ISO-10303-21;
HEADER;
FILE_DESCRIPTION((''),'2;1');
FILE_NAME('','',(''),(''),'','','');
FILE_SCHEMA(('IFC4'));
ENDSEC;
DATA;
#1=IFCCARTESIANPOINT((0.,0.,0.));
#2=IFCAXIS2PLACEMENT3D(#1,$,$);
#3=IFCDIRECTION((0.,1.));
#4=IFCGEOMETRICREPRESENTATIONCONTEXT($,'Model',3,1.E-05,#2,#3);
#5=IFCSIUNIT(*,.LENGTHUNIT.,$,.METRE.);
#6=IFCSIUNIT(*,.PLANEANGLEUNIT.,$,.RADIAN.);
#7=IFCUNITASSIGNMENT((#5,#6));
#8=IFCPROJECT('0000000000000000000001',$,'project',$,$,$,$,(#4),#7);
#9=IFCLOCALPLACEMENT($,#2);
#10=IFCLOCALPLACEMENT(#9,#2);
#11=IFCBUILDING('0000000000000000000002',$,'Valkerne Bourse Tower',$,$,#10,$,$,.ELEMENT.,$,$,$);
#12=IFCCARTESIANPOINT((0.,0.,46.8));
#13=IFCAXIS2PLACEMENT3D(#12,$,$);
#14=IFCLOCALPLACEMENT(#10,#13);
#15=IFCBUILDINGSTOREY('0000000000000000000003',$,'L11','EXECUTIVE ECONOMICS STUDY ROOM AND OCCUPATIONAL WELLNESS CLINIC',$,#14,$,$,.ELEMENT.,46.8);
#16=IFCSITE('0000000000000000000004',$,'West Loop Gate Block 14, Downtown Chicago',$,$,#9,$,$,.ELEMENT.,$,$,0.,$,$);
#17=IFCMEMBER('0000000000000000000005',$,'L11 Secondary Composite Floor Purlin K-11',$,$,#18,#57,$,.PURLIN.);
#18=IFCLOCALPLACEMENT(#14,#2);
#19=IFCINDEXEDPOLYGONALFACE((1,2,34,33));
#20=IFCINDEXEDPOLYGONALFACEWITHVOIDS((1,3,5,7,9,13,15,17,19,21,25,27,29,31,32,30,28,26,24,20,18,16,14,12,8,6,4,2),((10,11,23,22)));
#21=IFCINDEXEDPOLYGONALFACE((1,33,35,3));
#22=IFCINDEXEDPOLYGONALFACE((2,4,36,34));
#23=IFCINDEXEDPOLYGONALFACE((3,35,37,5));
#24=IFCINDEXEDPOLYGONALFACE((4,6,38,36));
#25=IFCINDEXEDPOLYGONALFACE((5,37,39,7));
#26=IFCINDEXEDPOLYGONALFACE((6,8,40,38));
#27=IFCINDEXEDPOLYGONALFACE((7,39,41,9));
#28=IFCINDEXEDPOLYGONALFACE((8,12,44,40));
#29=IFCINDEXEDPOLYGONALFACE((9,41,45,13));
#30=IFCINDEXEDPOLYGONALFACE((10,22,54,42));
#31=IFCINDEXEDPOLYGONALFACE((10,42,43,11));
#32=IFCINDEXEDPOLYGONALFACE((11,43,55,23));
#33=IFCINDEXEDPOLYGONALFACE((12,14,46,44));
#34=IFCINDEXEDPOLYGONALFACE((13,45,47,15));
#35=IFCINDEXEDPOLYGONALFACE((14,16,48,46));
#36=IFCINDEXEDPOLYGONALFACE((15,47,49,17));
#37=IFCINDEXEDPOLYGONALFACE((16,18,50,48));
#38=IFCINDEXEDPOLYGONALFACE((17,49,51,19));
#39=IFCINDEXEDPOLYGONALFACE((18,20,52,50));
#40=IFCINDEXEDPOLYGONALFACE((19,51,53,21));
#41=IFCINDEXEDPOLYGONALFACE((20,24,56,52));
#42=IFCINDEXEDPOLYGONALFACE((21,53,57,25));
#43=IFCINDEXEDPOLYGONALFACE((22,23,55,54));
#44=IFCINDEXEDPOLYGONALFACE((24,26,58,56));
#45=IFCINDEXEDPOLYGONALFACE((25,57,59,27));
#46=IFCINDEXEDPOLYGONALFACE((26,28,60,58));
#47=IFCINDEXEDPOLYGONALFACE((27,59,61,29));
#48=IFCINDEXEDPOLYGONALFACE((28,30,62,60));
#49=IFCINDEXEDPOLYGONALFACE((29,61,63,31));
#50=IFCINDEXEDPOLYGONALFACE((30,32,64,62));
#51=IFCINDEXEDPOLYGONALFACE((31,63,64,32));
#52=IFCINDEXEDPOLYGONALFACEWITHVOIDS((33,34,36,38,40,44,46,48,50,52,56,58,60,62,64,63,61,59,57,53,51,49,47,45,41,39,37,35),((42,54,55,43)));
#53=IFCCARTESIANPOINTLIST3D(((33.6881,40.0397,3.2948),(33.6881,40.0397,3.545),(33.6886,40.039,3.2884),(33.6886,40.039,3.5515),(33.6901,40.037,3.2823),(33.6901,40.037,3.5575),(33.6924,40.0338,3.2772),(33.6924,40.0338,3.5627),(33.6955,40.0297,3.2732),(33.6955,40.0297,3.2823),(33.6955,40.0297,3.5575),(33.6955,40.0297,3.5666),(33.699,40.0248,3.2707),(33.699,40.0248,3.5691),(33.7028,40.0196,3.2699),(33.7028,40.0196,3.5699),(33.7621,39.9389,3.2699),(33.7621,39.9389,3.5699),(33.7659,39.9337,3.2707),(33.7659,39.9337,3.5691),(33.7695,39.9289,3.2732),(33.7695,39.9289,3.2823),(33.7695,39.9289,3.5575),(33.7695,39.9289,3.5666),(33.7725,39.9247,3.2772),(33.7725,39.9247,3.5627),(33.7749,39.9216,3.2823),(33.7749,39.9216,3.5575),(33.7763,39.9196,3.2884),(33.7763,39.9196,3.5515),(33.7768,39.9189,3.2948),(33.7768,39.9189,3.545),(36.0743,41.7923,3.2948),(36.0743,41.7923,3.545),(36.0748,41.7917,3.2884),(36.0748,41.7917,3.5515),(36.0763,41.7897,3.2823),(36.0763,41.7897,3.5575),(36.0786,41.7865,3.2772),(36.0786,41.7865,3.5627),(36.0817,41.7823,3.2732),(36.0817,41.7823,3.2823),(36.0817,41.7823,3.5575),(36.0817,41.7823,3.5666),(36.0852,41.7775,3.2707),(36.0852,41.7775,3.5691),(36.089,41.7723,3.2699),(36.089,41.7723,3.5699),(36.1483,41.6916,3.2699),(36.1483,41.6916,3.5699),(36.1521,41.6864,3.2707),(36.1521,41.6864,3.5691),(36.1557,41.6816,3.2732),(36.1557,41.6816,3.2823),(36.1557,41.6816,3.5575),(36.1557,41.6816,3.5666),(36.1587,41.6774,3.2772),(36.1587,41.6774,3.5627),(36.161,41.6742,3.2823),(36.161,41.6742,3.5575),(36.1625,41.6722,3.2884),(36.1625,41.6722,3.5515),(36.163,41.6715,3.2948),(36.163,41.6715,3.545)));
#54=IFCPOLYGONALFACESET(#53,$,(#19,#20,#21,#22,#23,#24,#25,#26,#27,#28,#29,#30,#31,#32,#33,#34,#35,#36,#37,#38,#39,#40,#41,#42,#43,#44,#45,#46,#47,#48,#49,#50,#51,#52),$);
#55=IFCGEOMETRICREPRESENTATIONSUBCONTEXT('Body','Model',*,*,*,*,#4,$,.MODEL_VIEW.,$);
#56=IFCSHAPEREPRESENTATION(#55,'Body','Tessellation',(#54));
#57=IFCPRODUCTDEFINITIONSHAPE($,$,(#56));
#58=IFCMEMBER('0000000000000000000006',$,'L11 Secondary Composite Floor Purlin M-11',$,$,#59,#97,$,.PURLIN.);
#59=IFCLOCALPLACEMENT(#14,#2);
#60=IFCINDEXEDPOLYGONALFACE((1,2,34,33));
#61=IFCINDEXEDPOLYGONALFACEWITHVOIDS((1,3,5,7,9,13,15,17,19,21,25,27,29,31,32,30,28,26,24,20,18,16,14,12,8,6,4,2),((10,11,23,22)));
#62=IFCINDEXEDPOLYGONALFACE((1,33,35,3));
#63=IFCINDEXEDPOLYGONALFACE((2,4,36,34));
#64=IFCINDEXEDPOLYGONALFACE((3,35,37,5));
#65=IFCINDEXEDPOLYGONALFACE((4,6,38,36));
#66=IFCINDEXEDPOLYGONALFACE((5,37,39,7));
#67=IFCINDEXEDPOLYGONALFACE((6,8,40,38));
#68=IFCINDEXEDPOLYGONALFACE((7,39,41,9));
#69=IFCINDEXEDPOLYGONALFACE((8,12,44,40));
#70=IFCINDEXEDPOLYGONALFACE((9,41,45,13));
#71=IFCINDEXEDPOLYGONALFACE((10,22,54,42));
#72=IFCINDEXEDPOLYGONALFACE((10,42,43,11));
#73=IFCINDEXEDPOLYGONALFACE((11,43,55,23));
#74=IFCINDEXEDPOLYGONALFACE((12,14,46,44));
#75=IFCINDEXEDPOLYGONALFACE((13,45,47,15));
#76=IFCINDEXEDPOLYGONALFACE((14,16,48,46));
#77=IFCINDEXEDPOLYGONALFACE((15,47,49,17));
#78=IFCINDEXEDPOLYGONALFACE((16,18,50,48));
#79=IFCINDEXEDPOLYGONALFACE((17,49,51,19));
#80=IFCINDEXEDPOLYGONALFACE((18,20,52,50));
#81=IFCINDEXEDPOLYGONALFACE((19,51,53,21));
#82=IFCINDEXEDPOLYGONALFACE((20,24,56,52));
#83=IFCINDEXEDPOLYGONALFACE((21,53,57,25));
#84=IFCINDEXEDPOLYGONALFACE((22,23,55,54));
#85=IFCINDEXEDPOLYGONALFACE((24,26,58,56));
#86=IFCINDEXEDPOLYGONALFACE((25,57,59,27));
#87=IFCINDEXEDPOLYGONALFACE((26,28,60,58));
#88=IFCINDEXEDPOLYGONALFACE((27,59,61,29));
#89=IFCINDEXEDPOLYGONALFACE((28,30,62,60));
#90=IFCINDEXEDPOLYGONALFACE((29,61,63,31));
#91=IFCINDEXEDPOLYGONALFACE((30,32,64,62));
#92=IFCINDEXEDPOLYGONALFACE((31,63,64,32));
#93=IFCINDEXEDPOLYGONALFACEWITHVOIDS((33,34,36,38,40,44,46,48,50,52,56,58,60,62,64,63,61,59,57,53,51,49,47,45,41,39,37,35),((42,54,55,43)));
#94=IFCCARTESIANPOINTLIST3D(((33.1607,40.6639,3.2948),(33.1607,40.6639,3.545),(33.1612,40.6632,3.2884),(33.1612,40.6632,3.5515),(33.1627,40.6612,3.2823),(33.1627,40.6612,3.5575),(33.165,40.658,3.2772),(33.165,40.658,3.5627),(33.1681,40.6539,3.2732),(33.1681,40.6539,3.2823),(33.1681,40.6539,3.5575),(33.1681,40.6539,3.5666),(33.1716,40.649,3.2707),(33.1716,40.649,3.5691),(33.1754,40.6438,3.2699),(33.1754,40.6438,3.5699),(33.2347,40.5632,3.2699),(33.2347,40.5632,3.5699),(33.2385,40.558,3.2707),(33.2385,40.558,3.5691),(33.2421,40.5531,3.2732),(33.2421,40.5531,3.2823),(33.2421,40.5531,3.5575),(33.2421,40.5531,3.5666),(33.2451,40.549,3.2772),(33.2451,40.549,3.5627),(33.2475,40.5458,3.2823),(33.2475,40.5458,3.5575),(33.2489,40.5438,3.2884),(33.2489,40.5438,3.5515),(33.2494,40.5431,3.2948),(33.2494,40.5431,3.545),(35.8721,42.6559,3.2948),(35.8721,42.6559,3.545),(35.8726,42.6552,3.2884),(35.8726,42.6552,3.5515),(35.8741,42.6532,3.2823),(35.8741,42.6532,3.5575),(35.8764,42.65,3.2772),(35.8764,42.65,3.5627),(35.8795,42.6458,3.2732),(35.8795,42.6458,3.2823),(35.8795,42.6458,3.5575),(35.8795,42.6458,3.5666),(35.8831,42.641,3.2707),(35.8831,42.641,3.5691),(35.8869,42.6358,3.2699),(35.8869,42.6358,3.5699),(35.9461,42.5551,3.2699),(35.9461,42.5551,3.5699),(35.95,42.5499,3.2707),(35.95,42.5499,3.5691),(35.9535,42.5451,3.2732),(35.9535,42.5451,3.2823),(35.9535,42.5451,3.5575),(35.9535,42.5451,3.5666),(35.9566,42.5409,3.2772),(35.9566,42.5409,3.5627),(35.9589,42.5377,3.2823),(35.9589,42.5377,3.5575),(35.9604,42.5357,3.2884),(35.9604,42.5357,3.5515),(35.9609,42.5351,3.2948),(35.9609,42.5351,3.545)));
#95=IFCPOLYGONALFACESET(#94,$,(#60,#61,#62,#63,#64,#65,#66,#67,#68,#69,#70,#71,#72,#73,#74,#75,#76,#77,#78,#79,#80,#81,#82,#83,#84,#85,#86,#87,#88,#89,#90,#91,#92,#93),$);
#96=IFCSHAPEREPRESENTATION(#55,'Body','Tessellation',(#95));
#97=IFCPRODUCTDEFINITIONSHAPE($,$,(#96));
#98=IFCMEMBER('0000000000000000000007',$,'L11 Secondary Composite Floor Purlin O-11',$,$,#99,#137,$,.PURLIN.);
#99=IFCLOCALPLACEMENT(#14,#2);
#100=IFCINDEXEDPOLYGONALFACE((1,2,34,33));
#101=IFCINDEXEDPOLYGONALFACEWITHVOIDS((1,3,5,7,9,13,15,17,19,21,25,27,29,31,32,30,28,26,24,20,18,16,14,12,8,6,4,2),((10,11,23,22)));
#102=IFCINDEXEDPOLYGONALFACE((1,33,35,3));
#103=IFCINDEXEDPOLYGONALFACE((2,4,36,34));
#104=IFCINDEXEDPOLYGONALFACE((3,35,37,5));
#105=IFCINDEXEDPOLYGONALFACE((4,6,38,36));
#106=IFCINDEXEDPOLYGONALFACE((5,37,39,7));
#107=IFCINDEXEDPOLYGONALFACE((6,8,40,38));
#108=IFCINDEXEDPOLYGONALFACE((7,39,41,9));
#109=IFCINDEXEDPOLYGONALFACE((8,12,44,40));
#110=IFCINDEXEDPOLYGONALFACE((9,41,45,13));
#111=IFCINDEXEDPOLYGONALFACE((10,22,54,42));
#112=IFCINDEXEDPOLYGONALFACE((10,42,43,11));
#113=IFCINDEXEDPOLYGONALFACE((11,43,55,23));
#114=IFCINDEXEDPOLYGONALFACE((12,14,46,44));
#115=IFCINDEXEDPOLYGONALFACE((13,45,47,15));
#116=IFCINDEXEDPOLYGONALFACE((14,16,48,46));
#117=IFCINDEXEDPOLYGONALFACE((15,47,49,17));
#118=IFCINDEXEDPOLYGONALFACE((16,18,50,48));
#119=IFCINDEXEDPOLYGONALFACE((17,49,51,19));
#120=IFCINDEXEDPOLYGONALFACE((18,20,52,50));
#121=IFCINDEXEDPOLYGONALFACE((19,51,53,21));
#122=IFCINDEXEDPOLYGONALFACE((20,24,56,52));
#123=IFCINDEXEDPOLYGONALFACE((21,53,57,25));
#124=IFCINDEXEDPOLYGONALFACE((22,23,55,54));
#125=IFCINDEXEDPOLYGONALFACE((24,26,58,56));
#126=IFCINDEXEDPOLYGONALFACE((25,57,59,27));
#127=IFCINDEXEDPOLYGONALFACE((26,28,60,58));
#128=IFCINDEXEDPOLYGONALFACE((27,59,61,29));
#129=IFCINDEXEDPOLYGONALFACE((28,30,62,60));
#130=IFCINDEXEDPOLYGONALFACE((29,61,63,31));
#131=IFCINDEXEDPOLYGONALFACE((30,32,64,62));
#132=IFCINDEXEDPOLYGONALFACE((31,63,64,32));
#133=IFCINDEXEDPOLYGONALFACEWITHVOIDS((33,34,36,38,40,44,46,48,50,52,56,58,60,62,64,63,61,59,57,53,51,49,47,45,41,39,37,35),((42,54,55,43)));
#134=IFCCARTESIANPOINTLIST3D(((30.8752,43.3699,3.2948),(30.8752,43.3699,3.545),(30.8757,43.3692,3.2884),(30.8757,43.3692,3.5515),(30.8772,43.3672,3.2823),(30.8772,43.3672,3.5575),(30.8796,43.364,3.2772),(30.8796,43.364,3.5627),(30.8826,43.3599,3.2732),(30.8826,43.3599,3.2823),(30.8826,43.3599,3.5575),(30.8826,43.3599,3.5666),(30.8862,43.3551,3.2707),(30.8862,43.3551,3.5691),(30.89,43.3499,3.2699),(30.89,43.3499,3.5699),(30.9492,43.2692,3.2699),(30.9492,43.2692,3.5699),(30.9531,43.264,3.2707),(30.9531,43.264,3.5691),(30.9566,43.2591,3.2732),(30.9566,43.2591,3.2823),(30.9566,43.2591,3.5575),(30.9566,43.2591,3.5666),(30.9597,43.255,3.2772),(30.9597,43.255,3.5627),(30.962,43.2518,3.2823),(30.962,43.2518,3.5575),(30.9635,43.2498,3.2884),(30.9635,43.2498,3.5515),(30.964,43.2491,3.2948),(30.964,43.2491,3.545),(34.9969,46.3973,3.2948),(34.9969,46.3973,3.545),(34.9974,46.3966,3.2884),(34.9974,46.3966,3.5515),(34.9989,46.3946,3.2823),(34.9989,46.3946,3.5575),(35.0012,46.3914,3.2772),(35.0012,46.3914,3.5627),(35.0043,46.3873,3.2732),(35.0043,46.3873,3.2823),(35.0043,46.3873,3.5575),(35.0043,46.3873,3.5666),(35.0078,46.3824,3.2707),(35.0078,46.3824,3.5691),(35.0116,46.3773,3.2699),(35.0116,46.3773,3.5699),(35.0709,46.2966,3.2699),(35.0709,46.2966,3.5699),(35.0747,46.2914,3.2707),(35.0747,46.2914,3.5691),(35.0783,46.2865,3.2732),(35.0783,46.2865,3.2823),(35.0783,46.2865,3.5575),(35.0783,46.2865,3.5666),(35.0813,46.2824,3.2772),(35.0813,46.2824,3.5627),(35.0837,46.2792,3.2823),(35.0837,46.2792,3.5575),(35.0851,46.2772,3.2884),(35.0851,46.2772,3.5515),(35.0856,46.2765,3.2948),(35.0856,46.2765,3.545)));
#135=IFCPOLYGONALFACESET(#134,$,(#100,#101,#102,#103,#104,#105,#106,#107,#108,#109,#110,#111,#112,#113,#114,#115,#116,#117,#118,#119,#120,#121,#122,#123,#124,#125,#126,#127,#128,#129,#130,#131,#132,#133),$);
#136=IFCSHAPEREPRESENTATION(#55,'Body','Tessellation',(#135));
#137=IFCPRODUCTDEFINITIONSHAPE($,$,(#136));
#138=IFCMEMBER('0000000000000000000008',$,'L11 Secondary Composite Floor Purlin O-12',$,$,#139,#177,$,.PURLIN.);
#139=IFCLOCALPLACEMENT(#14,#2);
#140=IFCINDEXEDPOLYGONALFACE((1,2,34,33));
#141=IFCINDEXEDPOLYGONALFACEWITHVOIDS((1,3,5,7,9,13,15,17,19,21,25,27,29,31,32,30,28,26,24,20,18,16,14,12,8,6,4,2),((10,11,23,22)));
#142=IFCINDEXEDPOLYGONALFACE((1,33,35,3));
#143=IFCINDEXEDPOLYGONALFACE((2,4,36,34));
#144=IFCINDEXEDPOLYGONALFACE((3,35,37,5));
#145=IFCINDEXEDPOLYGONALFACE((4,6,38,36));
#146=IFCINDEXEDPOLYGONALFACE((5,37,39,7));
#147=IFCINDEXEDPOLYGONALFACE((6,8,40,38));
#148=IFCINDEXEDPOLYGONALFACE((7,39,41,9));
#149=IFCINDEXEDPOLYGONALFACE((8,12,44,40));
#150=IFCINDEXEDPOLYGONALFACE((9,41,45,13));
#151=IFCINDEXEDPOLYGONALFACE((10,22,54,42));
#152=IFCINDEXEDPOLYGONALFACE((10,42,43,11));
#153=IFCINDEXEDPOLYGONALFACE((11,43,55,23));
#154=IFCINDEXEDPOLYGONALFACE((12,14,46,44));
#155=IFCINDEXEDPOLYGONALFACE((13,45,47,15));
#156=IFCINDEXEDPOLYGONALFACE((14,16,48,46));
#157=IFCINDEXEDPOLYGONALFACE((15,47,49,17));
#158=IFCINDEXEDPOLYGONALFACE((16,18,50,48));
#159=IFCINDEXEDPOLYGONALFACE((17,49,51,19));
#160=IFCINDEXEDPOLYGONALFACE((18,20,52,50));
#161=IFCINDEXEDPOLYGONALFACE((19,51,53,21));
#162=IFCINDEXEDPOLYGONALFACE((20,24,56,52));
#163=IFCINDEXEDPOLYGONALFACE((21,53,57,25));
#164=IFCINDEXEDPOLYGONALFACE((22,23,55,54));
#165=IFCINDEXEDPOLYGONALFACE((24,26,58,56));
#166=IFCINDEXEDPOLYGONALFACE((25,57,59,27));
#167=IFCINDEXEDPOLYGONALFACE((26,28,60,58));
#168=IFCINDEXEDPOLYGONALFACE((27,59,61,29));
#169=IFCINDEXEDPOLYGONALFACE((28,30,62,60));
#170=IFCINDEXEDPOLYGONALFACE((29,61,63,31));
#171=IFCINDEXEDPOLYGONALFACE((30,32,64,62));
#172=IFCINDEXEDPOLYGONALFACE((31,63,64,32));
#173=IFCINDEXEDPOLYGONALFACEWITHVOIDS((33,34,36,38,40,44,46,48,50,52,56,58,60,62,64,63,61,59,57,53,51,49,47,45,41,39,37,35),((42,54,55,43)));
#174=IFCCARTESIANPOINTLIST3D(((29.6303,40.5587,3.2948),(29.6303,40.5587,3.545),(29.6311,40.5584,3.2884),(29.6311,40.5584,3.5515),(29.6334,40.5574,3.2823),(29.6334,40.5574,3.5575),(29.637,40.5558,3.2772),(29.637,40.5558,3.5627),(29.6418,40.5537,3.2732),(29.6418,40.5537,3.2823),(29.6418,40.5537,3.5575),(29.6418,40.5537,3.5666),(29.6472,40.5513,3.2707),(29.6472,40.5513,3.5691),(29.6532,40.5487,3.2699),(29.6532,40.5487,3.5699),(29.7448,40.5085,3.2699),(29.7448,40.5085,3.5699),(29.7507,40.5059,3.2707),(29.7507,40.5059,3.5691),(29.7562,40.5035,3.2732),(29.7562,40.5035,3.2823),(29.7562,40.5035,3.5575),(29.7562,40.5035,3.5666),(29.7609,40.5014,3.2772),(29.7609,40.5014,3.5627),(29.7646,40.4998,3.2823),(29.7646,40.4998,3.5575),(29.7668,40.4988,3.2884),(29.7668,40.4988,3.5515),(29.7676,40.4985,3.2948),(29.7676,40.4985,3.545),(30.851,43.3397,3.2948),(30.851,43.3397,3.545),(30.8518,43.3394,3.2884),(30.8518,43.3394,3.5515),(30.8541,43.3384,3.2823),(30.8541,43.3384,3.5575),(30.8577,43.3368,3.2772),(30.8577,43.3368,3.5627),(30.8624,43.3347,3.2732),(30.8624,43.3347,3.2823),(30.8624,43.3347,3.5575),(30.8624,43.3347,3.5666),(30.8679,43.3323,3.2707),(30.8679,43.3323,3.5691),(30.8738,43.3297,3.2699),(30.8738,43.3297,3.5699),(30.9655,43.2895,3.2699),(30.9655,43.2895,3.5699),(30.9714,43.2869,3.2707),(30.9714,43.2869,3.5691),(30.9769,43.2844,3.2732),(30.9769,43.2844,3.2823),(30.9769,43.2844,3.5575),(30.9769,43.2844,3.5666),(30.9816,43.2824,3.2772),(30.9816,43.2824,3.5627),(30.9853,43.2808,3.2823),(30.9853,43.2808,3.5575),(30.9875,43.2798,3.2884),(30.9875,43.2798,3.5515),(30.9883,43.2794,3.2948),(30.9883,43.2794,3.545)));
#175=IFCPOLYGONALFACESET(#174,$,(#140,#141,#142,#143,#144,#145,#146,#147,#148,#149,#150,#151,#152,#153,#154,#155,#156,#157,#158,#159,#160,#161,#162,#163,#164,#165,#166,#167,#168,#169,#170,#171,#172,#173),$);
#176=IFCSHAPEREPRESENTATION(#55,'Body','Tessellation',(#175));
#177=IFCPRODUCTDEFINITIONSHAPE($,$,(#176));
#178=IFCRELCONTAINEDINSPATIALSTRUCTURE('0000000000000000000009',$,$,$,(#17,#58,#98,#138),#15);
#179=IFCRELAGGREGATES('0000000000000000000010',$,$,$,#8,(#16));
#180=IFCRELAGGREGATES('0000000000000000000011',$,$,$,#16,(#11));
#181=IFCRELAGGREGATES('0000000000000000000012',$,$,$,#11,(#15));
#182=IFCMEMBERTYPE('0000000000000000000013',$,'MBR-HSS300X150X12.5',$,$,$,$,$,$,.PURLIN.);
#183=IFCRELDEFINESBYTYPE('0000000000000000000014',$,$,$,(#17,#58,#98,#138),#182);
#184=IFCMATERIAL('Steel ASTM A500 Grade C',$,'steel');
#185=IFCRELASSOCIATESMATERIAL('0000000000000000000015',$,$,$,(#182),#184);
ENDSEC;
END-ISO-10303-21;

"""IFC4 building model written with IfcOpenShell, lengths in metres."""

from ifc_helpers import new_model, si_unit, direction, frame, origin, origin_2d, place, context, subcontext, project, spatial, hollow_rectangle, extrude, material, material_profile, profile_set, type_object, element, save


model = new_model("IFC4")

# Units and contexts
model_context = context("Model", 3, precision=1e-05, world=origin(), true_north=direction((0.0, 1.0)))
body_context = subcontext(model_context, "Body", "Model", "MODEL_VIEW")
ifc_project = project(units=[si_unit("LENGTHUNIT", "METRE"), si_unit("PLANEANGLEUNIT", "RADIAN")], contexts=[model_context])

# Site, building, storey
site_placement = place(None, origin())
site = spatial("IfcSite", under=ifc_project, at=site_placement, Name="West Loop Gate Block 14, Downtown Chicago", CompositionType="ELEMENT", RefElevation=0.0)
building_placement = place(site_placement, origin())
building = spatial("IfcBuilding", under=site, at=building_placement, Name="Valkerne Bourse Tower", CompositionType="ELEMENT")
storey_placement = place(building_placement, frame((0.0, 0.0, 46.8)))
storey = spatial("IfcBuildingStorey", under=building, at=storey_placement, Name="L11", Description="EXECUTIVE ECONOMICS STUDY ROOM AND OCCUPATIONAL WELLNESS CLINIC", CompositionType="ELEMENT", Elevation=46.8)

# Members
ifc_material_1 = material(Name="Steel ASTM A500 Grade C", Category="steel")
ifc_material_profile_1 = material_profile(ifc_material_1, hollow_rectangle(XDim=0.1499, YDim=0.3, WallThickness=0.0125, OuterFilletRadius=0.0249, at=origin_2d()), Name="HSS300X150X12.5")
ifc_profile_set_1 = profile_set([ifc_material_profile_1], Name="Steel ASTM A500 Grade C")
member_type_1 = type_object("IfcMemberType", Name="MBR-HSS300X150X12.5", PredefinedType="PURLIN", material=ifc_profile_set_1)
member_1_placement = place(storey_placement, frame((36.1187, 41.7319, 3.4199), z_axis=(-0.805956, -0.591975, 0.0), x_axis=(0.591975, -0.805956, 0.0)))
element("IfcMember", 1, at=member_1_placement, inside=storey, type_object=member_type_1, Name="L11 Secondary Composite Floor Purlin K-11", PredefinedType="PURLIN", context=body_context, shape_type="SweptSolid", body=[
    extrude(hollow_rectangle(XDim=0.1499, YDim=0.3, WallThickness=0.0125, OuterFilletRadius=0.0249, at=origin_2d()), origin(), (0.0, 0.0, 1.0), 2.9607),
])
member_2_placement = place(storey_placement, frame((35.9165, 42.5955, 3.4199), z_axis=(-0.805899, -0.592052, 0.0), x_axis=(0.592052, -0.805899, 0.0)))
element("IfcMember", 2, at=member_2_placement, inside=storey, type_object=member_type_1, Name="L11 Secondary Composite Floor Purlin M-11", PredefinedType="PURLIN", context=body_context, shape_type="SweptSolid", body=[
    extrude(hollow_rectangle(XDim=0.1499, YDim=0.3, WallThickness=0.0125, OuterFilletRadius=0.0249, at=origin_2d()), origin(), (0.0, 0.0, 1.0), 3.3645),
])
member_3_placement = place(storey_placement, frame((35.0413, 46.3369, 3.4199), z_axis=(-0.805952, -0.59198, 0.0), x_axis=(0.59198, -0.805952, 0.0)))
element("IfcMember", 3, at=member_3_placement, inside=storey, type_object=member_type_1, Name="L11 Secondary Composite Floor Purlin O-11", PredefinedType="PURLIN", context=body_context, shape_type="SweptSolid", body=[
    extrude(hollow_rectangle(XDim=0.1499, YDim=0.3, WallThickness=0.0125, OuterFilletRadius=0.0249, at=origin_2d()), origin(), (0.0, 0.0, 1.0), 5.114),
])
member_4_placement = place(storey_placement, frame((30.9197, 43.3096, 3.4199), z_axis=(-0.401928, -0.915671, 0.0), x_axis=(0.915671, -0.401928, 0.0)))
element("IfcMember", 4, at=member_4_placement, inside=storey, type_object=member_type_1, Name="L11 Secondary Composite Floor Purlin O-12", PredefinedType="PURLIN", context=body_context, shape_type="SweptSolid", body=[
    extrude(hollow_rectangle(XDim=0.1499, YDim=0.3, WallThickness=0.0125, OuterFilletRadius=0.0249, at=origin_2d()), origin(), (0.0, 0.0, 1.0), 3.0371),
])

save(model, "model.ifc")
